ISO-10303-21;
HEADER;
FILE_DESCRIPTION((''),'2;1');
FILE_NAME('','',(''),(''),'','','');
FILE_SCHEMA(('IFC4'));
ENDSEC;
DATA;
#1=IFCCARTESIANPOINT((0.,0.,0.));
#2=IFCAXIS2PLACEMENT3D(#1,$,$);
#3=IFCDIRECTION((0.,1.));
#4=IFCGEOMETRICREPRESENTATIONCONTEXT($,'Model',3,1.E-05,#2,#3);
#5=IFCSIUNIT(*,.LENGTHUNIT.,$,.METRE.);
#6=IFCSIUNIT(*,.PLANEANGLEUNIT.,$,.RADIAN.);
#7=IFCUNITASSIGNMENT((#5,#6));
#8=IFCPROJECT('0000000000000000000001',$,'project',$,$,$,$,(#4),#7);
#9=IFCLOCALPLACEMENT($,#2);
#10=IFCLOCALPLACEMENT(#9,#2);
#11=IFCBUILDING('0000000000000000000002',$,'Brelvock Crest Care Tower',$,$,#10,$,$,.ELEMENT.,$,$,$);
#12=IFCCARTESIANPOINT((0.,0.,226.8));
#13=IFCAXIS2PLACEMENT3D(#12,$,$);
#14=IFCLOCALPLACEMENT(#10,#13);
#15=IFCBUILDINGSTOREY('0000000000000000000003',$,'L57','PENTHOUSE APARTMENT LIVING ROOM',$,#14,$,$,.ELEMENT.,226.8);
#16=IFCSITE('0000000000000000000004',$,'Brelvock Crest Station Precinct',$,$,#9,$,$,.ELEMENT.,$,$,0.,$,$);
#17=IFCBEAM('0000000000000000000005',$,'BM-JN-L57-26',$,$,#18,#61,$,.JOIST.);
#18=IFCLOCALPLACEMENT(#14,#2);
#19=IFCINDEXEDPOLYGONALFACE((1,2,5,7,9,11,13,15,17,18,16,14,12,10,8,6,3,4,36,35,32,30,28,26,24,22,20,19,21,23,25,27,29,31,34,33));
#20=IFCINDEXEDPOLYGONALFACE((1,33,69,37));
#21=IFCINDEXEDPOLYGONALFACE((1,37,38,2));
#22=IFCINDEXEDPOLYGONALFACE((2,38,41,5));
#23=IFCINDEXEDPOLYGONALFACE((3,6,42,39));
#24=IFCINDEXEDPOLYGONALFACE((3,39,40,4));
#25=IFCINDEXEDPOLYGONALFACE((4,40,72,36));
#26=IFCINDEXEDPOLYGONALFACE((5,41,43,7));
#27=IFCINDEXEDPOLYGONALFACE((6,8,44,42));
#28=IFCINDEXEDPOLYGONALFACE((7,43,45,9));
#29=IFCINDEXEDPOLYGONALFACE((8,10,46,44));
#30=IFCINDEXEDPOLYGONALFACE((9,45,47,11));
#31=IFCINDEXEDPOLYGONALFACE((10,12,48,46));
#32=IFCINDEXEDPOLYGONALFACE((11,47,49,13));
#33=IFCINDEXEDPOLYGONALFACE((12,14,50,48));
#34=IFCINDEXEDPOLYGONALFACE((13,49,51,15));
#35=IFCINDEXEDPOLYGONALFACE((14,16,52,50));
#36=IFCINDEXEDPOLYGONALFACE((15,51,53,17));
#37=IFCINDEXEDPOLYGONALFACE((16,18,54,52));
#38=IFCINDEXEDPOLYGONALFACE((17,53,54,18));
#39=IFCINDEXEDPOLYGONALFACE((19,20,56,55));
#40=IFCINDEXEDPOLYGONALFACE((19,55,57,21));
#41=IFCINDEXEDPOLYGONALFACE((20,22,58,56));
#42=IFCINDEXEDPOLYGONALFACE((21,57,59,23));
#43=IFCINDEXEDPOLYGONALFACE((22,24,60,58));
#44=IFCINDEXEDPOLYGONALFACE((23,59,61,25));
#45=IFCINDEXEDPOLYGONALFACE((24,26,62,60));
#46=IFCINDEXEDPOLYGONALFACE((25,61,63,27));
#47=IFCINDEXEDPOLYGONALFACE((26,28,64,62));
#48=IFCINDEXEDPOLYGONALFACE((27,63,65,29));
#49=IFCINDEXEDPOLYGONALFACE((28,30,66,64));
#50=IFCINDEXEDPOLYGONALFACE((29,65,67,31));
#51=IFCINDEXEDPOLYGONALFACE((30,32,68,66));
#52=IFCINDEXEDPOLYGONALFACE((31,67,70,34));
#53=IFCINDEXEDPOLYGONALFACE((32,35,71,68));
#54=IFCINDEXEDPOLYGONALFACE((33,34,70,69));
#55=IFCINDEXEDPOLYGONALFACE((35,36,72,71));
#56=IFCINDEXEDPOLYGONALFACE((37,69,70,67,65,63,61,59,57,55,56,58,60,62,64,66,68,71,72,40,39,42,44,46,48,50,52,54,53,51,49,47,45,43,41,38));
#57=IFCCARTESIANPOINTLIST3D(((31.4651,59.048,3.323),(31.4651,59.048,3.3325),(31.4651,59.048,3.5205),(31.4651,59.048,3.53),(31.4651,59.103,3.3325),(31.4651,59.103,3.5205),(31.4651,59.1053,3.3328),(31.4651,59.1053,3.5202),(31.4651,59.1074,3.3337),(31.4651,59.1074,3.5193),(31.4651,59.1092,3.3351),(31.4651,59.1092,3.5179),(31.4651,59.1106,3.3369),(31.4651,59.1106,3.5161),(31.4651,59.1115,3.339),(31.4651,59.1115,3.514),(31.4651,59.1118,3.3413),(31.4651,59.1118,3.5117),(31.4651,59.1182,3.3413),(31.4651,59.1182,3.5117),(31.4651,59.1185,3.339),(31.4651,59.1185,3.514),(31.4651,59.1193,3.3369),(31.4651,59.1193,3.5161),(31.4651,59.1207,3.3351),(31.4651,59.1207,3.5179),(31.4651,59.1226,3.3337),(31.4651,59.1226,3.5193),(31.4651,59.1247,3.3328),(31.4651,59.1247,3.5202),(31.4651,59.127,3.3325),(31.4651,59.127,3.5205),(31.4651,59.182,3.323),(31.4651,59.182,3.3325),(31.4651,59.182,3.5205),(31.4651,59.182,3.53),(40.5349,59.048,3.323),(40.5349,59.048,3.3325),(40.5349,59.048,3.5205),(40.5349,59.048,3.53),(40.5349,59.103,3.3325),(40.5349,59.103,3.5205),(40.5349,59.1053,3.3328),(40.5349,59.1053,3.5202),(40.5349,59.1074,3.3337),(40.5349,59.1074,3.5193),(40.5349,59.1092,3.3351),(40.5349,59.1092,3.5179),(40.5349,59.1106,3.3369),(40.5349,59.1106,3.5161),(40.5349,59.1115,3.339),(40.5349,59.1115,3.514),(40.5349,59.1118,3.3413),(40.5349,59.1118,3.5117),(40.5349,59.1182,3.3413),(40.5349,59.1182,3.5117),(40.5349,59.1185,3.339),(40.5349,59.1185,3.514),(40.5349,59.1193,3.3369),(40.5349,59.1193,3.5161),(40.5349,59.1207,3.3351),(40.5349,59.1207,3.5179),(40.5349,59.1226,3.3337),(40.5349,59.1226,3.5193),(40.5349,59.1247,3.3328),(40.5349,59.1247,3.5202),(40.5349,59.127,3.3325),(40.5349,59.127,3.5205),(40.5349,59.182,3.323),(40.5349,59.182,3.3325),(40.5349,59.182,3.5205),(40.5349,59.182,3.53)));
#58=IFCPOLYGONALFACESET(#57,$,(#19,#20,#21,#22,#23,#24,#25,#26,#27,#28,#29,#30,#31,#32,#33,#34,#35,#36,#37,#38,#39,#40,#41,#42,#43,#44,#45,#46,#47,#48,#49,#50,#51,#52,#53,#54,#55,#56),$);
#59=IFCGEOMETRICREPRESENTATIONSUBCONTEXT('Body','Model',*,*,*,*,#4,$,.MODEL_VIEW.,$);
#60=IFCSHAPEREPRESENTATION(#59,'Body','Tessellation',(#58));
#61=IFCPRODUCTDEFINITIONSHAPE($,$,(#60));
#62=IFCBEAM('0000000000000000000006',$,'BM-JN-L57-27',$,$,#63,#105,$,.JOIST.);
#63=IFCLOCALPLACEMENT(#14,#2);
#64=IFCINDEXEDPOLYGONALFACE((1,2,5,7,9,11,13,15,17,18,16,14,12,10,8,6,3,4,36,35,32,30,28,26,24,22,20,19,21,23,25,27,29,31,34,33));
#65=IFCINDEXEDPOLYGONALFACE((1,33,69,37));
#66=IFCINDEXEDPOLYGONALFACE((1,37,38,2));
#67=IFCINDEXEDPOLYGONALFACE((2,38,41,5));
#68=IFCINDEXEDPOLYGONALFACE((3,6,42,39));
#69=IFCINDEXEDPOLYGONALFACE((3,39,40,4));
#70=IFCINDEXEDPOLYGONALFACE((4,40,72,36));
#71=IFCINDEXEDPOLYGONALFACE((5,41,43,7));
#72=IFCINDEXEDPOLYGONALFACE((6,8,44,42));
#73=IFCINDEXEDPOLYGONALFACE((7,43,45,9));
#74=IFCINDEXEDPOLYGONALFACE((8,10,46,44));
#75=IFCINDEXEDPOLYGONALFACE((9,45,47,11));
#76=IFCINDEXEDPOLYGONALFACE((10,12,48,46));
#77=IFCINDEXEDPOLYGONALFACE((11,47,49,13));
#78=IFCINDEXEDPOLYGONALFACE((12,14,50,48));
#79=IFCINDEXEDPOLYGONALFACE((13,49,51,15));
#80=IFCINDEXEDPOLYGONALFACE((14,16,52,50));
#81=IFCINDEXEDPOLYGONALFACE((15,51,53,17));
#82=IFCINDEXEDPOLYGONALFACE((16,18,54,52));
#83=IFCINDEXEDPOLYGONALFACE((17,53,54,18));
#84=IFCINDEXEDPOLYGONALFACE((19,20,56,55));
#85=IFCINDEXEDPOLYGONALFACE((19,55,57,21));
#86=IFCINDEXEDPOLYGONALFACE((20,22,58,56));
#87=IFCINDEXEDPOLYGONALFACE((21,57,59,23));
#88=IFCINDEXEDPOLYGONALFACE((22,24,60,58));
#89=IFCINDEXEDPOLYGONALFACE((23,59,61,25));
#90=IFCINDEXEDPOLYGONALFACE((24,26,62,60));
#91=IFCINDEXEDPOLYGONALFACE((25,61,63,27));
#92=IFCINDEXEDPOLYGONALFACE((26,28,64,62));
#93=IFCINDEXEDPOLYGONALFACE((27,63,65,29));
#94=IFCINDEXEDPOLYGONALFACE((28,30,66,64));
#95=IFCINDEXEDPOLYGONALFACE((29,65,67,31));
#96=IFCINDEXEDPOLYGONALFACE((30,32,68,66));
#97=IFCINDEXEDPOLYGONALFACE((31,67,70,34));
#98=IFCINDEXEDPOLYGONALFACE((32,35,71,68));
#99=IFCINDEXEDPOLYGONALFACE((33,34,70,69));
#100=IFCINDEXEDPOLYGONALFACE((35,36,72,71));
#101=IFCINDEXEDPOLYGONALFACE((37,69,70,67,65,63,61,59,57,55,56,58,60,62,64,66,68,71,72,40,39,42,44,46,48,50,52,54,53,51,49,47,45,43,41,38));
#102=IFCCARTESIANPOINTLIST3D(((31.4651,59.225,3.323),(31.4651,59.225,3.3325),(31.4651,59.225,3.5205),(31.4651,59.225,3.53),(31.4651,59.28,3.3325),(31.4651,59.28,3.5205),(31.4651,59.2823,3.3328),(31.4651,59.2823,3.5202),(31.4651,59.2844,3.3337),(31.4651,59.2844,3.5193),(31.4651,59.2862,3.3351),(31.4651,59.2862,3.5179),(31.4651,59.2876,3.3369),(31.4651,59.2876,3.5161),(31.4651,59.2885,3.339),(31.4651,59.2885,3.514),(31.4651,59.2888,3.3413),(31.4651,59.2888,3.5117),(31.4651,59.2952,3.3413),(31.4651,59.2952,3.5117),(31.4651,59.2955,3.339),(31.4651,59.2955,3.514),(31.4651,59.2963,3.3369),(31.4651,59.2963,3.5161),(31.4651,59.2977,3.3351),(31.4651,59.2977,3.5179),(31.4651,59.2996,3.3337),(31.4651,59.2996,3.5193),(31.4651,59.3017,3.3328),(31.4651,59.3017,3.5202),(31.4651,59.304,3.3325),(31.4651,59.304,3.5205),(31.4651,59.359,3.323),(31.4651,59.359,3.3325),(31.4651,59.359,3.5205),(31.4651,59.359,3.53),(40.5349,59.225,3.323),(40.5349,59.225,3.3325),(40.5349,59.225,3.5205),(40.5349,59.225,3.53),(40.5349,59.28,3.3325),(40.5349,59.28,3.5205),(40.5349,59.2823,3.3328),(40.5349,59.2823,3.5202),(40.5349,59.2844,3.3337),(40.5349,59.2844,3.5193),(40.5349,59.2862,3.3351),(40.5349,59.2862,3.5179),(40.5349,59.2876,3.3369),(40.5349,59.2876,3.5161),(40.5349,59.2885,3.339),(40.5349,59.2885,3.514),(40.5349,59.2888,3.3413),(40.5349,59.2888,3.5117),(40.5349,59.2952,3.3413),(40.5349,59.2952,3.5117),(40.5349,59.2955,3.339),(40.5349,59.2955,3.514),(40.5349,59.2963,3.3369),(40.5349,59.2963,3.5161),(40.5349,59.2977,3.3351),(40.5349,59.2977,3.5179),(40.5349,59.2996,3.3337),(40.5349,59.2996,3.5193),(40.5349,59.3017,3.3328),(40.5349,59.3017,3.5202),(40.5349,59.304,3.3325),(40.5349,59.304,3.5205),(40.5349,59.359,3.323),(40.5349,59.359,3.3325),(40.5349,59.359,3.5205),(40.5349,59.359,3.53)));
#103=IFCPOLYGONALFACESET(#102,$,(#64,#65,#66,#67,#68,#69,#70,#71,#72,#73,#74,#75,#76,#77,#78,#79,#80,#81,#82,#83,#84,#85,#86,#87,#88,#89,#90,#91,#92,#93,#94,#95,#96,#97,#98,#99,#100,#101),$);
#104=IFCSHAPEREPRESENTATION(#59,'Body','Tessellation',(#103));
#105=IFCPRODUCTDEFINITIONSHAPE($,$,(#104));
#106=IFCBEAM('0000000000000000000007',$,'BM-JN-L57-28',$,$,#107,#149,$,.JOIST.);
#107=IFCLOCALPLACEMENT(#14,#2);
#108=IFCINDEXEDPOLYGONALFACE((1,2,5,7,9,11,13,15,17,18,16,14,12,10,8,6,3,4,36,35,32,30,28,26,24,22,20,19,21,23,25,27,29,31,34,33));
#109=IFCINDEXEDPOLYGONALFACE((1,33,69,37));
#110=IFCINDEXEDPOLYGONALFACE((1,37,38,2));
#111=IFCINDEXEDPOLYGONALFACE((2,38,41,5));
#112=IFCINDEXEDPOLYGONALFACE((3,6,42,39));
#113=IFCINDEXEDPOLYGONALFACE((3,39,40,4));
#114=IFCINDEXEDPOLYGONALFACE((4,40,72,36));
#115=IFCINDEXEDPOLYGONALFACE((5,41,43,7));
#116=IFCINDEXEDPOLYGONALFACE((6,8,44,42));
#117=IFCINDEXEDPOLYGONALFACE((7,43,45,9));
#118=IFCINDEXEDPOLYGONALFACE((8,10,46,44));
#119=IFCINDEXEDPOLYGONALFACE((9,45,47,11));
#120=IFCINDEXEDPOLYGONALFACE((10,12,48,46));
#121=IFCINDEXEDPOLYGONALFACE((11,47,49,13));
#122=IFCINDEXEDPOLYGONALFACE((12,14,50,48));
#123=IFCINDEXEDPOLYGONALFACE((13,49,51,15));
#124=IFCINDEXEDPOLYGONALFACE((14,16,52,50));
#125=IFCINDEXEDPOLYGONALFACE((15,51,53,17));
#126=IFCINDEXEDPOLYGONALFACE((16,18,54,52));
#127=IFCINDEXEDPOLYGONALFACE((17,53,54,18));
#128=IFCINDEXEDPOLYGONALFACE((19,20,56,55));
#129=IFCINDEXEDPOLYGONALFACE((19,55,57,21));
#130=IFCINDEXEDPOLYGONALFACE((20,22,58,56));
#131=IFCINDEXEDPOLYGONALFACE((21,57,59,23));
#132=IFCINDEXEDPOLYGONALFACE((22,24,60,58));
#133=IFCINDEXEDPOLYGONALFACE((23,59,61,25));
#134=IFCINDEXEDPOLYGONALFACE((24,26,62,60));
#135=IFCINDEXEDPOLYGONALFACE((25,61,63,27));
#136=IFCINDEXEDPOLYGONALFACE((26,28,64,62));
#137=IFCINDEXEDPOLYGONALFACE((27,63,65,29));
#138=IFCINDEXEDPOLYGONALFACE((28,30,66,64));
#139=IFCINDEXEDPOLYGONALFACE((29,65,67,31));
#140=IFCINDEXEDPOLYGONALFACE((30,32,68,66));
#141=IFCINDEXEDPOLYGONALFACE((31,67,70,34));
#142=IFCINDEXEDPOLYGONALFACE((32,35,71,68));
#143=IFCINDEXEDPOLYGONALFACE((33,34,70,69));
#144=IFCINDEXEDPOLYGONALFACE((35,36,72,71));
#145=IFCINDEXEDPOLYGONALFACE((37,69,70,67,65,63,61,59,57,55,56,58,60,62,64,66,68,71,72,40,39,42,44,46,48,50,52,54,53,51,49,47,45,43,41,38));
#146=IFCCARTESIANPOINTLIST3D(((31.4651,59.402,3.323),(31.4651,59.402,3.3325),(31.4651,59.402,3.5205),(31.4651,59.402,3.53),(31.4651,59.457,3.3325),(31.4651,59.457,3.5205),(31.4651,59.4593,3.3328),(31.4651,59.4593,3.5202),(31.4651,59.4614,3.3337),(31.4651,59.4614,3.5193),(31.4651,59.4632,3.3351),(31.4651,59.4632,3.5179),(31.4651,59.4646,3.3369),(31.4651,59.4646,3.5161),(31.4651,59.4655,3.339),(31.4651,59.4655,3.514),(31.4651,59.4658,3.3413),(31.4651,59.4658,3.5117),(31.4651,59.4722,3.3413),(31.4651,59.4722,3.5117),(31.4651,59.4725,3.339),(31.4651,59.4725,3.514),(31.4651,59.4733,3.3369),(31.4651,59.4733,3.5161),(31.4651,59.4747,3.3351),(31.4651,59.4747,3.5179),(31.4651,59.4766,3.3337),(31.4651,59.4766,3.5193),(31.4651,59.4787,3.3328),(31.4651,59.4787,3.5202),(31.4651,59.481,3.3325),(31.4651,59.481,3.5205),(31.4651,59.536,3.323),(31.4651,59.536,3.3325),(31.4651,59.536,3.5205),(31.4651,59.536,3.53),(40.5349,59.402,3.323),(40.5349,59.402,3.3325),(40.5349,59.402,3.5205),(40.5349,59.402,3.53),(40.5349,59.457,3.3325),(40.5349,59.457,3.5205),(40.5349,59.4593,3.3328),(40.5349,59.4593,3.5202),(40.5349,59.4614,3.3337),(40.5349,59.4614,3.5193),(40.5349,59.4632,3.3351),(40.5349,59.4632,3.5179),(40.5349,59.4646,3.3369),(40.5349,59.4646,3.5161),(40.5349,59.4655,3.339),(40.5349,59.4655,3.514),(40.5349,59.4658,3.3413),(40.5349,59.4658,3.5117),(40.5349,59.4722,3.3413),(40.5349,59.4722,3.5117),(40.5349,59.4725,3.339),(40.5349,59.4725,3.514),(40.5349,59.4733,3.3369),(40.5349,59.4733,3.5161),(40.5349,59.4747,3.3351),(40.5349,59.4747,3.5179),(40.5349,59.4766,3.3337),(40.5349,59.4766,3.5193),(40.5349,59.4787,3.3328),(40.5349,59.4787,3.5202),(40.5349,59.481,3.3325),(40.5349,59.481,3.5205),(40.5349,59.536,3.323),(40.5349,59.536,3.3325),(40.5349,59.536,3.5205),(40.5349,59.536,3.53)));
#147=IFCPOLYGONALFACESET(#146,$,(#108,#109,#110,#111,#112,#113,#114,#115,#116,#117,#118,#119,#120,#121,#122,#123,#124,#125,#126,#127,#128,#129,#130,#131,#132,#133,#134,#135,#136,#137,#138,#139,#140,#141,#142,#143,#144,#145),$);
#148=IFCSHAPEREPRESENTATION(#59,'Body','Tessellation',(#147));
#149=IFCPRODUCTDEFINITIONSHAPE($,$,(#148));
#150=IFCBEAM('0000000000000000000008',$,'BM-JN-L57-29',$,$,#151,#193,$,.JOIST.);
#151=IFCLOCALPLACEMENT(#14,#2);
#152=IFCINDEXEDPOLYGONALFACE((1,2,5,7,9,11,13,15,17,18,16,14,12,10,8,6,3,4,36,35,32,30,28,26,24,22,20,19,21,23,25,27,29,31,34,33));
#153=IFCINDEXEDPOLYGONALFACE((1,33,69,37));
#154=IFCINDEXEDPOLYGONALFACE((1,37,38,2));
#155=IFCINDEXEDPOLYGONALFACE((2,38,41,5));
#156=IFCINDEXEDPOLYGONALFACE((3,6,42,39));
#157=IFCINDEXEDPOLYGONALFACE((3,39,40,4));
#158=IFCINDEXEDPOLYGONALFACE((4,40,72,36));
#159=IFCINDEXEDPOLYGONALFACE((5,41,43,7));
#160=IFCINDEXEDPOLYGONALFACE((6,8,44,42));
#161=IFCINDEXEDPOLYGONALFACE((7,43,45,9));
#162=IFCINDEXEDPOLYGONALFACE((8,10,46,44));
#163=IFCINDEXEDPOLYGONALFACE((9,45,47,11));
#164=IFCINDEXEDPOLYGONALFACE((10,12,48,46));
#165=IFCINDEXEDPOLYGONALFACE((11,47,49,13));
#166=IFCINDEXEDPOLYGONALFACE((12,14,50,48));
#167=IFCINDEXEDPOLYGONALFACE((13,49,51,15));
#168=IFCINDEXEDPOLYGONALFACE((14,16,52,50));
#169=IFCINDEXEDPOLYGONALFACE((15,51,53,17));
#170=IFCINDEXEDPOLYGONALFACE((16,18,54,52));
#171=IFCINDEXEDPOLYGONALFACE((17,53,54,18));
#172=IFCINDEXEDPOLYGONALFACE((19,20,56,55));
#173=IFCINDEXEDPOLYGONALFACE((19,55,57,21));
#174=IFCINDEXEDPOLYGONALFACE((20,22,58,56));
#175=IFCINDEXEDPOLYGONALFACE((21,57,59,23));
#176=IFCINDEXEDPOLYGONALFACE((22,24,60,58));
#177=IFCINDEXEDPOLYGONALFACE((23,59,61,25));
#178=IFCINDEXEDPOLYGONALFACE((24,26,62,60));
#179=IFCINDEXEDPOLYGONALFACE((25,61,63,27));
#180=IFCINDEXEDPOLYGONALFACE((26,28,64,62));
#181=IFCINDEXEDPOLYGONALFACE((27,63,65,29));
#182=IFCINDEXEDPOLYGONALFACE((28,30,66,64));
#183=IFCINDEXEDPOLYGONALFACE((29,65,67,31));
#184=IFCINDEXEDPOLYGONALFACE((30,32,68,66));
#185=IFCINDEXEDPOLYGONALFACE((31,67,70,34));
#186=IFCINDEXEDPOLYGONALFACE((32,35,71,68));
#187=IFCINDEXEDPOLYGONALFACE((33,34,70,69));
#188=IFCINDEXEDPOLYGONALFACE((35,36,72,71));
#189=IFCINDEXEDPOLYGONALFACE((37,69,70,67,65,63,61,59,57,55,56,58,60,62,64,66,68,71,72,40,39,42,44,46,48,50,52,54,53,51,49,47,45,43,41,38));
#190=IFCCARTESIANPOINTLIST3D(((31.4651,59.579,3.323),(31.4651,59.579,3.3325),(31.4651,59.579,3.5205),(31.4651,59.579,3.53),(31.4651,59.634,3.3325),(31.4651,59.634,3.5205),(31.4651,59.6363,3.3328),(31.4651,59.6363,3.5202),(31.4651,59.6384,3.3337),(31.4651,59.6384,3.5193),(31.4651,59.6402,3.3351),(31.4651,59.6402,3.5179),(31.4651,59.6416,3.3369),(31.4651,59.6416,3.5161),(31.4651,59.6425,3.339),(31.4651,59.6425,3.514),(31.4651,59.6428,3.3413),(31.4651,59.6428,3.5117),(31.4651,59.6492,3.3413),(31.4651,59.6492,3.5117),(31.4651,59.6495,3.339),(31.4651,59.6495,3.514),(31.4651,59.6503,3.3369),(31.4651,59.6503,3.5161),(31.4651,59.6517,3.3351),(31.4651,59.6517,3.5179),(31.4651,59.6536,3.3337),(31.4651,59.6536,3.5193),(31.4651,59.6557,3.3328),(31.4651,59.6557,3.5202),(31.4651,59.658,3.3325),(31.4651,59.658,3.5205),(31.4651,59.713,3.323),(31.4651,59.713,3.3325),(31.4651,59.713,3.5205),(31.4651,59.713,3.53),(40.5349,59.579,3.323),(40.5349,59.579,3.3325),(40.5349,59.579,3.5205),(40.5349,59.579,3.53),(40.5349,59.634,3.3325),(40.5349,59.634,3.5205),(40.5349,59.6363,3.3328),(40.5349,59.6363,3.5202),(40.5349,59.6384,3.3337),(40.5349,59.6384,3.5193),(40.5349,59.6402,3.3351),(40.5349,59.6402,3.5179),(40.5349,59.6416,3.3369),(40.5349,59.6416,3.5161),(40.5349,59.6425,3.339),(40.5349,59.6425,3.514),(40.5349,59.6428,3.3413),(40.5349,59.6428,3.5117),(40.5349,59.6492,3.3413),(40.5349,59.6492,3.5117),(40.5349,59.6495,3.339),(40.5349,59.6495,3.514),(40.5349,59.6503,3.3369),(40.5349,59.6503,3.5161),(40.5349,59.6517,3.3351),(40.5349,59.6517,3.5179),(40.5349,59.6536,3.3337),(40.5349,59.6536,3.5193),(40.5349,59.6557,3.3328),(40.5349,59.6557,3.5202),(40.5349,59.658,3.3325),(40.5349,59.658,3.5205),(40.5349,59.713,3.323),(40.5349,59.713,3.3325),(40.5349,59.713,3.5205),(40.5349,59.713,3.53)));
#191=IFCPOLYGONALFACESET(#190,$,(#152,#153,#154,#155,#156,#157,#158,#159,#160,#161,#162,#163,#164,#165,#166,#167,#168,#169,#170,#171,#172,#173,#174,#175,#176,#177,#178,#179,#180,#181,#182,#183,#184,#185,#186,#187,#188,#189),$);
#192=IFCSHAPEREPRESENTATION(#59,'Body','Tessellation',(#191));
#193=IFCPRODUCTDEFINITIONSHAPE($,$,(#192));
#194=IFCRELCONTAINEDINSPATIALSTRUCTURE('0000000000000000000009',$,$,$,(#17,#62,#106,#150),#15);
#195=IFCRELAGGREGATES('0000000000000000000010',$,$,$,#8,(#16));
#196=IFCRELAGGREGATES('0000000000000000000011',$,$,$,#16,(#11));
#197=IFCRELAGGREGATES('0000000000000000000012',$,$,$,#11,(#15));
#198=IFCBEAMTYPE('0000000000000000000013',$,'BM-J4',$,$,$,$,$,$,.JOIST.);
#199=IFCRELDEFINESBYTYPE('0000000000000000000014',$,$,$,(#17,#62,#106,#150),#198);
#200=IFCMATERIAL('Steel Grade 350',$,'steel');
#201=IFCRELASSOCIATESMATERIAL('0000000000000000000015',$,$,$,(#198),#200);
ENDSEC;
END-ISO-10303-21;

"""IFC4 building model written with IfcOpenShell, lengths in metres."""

from ifc_helpers import new_model, si_unit, direction, frame, origin, origin_2d, place, context, subcontext, project, spatial, i_section, extrude, source, transform, mapped, material, material_profile, profile_set, type_object, element, save


model = new_model("IFC4")

# Units and contexts
model_context = context("Model", 3, precision=1e-05, world=origin(), true_north=direction((0.0, 1.0)))
body_context = subcontext(model_context, "Body", "Model", "MODEL_VIEW")
ifc_project = project(units=[si_unit("LENGTHUNIT", "METRE"), si_unit("PLANEANGLEUNIT", "RADIAN")], contexts=[model_context])

# Site, building, storey
site_placement = place(None, origin())
site = spatial("IfcSite", under=ifc_project, at=site_placement, Name="Brelvock Crest Station Precinct", CompositionType="ELEMENT", RefElevation=0.0)
building_placement = place(site_placement, origin())
building = spatial("IfcBuilding", under=site, at=building_placement, Name="Brelvock Crest Care Tower", CompositionType="ELEMENT")
storey_placement = place(building_placement, frame((0.0, 0.0, 226.8)))
storey = spatial("IfcBuildingStorey", under=building, at=storey_placement, Name="L57", Description="PENTHOUSE APARTMENT LIVING ROOM", CompositionType="ELEMENT", Elevation=226.8)

# Shared definitions
ifc_material_1 = material(Name="Steel Grade 350", Category="steel")

# Beams
ifc_material_profile_1 = material_profile(ifc_material_1, i_section(OverallWidth=0.134, OverallDepth=0.207, WebThickness=0.0063, FlangeThickness=0.0095, FilletRadius=0.0088, at=origin_2d()), Name="200UB29.8")
ifc_profile_set_1 = profile_set([ifc_material_profile_1], Name="Steel Grade 350")
beam_type_1 = type_object("IfcBeamType", Name="BM-J4", PredefinedType="JOIST", material=ifc_profile_set_1)
shared_shape_1 = source(origin(), body_context, "Body", "SweptSolid", [
    extrude(i_section(OverallWidth=0.134, OverallDepth=0.207, WebThickness=0.0063, FlangeThickness=0.0095, FilletRadius=0.0088, at=origin_2d()), origin(), (0.0, 0.0, 1.0), 9.0698),
])
for number, where, z_axis, x_axis, name in (
    (1, (31.4651, 59.115, 3.4265), (1.0, 0.0, 0.0), (0.0, 1.0, 0.0), "BM-JN-L57-26"),
    (2, (31.4651, 59.292, 3.4265), (1.0, 0.0, 0.0), (0.0, 1.0, 0.0), "BM-JN-L57-27"),
    (3, (31.4651, 59.469, 3.4265), (1.0, 0.0, 0.0), (0.0, 1.0, 0.0), "BM-JN-L57-28"),
    (4, (31.4651, 59.646, 3.4265), (1.0, 0.0, 0.0), (0.0, 1.0, 0.0), "BM-JN-L57-29"),
):
    element("IfcBeam", number, at=place(storey_placement, frame(where, z_axis=z_axis, x_axis=x_axis)), inside=storey, type_object=beam_type_1, Name=name, PredefinedType="JOIST", context=body_context, shape_type="MappedRepresentation", body=[
        mapped(shared_shape_1, transform((0.0, 0.0, 0.0), x_axis=(1.0, 0.0, 0.0), y_axis=(0.0, 1.0, 0.0), z_axis=(0.0, 0.0, 1.0), scale=1.0)),
    ])

save(model, "model.ifc")
